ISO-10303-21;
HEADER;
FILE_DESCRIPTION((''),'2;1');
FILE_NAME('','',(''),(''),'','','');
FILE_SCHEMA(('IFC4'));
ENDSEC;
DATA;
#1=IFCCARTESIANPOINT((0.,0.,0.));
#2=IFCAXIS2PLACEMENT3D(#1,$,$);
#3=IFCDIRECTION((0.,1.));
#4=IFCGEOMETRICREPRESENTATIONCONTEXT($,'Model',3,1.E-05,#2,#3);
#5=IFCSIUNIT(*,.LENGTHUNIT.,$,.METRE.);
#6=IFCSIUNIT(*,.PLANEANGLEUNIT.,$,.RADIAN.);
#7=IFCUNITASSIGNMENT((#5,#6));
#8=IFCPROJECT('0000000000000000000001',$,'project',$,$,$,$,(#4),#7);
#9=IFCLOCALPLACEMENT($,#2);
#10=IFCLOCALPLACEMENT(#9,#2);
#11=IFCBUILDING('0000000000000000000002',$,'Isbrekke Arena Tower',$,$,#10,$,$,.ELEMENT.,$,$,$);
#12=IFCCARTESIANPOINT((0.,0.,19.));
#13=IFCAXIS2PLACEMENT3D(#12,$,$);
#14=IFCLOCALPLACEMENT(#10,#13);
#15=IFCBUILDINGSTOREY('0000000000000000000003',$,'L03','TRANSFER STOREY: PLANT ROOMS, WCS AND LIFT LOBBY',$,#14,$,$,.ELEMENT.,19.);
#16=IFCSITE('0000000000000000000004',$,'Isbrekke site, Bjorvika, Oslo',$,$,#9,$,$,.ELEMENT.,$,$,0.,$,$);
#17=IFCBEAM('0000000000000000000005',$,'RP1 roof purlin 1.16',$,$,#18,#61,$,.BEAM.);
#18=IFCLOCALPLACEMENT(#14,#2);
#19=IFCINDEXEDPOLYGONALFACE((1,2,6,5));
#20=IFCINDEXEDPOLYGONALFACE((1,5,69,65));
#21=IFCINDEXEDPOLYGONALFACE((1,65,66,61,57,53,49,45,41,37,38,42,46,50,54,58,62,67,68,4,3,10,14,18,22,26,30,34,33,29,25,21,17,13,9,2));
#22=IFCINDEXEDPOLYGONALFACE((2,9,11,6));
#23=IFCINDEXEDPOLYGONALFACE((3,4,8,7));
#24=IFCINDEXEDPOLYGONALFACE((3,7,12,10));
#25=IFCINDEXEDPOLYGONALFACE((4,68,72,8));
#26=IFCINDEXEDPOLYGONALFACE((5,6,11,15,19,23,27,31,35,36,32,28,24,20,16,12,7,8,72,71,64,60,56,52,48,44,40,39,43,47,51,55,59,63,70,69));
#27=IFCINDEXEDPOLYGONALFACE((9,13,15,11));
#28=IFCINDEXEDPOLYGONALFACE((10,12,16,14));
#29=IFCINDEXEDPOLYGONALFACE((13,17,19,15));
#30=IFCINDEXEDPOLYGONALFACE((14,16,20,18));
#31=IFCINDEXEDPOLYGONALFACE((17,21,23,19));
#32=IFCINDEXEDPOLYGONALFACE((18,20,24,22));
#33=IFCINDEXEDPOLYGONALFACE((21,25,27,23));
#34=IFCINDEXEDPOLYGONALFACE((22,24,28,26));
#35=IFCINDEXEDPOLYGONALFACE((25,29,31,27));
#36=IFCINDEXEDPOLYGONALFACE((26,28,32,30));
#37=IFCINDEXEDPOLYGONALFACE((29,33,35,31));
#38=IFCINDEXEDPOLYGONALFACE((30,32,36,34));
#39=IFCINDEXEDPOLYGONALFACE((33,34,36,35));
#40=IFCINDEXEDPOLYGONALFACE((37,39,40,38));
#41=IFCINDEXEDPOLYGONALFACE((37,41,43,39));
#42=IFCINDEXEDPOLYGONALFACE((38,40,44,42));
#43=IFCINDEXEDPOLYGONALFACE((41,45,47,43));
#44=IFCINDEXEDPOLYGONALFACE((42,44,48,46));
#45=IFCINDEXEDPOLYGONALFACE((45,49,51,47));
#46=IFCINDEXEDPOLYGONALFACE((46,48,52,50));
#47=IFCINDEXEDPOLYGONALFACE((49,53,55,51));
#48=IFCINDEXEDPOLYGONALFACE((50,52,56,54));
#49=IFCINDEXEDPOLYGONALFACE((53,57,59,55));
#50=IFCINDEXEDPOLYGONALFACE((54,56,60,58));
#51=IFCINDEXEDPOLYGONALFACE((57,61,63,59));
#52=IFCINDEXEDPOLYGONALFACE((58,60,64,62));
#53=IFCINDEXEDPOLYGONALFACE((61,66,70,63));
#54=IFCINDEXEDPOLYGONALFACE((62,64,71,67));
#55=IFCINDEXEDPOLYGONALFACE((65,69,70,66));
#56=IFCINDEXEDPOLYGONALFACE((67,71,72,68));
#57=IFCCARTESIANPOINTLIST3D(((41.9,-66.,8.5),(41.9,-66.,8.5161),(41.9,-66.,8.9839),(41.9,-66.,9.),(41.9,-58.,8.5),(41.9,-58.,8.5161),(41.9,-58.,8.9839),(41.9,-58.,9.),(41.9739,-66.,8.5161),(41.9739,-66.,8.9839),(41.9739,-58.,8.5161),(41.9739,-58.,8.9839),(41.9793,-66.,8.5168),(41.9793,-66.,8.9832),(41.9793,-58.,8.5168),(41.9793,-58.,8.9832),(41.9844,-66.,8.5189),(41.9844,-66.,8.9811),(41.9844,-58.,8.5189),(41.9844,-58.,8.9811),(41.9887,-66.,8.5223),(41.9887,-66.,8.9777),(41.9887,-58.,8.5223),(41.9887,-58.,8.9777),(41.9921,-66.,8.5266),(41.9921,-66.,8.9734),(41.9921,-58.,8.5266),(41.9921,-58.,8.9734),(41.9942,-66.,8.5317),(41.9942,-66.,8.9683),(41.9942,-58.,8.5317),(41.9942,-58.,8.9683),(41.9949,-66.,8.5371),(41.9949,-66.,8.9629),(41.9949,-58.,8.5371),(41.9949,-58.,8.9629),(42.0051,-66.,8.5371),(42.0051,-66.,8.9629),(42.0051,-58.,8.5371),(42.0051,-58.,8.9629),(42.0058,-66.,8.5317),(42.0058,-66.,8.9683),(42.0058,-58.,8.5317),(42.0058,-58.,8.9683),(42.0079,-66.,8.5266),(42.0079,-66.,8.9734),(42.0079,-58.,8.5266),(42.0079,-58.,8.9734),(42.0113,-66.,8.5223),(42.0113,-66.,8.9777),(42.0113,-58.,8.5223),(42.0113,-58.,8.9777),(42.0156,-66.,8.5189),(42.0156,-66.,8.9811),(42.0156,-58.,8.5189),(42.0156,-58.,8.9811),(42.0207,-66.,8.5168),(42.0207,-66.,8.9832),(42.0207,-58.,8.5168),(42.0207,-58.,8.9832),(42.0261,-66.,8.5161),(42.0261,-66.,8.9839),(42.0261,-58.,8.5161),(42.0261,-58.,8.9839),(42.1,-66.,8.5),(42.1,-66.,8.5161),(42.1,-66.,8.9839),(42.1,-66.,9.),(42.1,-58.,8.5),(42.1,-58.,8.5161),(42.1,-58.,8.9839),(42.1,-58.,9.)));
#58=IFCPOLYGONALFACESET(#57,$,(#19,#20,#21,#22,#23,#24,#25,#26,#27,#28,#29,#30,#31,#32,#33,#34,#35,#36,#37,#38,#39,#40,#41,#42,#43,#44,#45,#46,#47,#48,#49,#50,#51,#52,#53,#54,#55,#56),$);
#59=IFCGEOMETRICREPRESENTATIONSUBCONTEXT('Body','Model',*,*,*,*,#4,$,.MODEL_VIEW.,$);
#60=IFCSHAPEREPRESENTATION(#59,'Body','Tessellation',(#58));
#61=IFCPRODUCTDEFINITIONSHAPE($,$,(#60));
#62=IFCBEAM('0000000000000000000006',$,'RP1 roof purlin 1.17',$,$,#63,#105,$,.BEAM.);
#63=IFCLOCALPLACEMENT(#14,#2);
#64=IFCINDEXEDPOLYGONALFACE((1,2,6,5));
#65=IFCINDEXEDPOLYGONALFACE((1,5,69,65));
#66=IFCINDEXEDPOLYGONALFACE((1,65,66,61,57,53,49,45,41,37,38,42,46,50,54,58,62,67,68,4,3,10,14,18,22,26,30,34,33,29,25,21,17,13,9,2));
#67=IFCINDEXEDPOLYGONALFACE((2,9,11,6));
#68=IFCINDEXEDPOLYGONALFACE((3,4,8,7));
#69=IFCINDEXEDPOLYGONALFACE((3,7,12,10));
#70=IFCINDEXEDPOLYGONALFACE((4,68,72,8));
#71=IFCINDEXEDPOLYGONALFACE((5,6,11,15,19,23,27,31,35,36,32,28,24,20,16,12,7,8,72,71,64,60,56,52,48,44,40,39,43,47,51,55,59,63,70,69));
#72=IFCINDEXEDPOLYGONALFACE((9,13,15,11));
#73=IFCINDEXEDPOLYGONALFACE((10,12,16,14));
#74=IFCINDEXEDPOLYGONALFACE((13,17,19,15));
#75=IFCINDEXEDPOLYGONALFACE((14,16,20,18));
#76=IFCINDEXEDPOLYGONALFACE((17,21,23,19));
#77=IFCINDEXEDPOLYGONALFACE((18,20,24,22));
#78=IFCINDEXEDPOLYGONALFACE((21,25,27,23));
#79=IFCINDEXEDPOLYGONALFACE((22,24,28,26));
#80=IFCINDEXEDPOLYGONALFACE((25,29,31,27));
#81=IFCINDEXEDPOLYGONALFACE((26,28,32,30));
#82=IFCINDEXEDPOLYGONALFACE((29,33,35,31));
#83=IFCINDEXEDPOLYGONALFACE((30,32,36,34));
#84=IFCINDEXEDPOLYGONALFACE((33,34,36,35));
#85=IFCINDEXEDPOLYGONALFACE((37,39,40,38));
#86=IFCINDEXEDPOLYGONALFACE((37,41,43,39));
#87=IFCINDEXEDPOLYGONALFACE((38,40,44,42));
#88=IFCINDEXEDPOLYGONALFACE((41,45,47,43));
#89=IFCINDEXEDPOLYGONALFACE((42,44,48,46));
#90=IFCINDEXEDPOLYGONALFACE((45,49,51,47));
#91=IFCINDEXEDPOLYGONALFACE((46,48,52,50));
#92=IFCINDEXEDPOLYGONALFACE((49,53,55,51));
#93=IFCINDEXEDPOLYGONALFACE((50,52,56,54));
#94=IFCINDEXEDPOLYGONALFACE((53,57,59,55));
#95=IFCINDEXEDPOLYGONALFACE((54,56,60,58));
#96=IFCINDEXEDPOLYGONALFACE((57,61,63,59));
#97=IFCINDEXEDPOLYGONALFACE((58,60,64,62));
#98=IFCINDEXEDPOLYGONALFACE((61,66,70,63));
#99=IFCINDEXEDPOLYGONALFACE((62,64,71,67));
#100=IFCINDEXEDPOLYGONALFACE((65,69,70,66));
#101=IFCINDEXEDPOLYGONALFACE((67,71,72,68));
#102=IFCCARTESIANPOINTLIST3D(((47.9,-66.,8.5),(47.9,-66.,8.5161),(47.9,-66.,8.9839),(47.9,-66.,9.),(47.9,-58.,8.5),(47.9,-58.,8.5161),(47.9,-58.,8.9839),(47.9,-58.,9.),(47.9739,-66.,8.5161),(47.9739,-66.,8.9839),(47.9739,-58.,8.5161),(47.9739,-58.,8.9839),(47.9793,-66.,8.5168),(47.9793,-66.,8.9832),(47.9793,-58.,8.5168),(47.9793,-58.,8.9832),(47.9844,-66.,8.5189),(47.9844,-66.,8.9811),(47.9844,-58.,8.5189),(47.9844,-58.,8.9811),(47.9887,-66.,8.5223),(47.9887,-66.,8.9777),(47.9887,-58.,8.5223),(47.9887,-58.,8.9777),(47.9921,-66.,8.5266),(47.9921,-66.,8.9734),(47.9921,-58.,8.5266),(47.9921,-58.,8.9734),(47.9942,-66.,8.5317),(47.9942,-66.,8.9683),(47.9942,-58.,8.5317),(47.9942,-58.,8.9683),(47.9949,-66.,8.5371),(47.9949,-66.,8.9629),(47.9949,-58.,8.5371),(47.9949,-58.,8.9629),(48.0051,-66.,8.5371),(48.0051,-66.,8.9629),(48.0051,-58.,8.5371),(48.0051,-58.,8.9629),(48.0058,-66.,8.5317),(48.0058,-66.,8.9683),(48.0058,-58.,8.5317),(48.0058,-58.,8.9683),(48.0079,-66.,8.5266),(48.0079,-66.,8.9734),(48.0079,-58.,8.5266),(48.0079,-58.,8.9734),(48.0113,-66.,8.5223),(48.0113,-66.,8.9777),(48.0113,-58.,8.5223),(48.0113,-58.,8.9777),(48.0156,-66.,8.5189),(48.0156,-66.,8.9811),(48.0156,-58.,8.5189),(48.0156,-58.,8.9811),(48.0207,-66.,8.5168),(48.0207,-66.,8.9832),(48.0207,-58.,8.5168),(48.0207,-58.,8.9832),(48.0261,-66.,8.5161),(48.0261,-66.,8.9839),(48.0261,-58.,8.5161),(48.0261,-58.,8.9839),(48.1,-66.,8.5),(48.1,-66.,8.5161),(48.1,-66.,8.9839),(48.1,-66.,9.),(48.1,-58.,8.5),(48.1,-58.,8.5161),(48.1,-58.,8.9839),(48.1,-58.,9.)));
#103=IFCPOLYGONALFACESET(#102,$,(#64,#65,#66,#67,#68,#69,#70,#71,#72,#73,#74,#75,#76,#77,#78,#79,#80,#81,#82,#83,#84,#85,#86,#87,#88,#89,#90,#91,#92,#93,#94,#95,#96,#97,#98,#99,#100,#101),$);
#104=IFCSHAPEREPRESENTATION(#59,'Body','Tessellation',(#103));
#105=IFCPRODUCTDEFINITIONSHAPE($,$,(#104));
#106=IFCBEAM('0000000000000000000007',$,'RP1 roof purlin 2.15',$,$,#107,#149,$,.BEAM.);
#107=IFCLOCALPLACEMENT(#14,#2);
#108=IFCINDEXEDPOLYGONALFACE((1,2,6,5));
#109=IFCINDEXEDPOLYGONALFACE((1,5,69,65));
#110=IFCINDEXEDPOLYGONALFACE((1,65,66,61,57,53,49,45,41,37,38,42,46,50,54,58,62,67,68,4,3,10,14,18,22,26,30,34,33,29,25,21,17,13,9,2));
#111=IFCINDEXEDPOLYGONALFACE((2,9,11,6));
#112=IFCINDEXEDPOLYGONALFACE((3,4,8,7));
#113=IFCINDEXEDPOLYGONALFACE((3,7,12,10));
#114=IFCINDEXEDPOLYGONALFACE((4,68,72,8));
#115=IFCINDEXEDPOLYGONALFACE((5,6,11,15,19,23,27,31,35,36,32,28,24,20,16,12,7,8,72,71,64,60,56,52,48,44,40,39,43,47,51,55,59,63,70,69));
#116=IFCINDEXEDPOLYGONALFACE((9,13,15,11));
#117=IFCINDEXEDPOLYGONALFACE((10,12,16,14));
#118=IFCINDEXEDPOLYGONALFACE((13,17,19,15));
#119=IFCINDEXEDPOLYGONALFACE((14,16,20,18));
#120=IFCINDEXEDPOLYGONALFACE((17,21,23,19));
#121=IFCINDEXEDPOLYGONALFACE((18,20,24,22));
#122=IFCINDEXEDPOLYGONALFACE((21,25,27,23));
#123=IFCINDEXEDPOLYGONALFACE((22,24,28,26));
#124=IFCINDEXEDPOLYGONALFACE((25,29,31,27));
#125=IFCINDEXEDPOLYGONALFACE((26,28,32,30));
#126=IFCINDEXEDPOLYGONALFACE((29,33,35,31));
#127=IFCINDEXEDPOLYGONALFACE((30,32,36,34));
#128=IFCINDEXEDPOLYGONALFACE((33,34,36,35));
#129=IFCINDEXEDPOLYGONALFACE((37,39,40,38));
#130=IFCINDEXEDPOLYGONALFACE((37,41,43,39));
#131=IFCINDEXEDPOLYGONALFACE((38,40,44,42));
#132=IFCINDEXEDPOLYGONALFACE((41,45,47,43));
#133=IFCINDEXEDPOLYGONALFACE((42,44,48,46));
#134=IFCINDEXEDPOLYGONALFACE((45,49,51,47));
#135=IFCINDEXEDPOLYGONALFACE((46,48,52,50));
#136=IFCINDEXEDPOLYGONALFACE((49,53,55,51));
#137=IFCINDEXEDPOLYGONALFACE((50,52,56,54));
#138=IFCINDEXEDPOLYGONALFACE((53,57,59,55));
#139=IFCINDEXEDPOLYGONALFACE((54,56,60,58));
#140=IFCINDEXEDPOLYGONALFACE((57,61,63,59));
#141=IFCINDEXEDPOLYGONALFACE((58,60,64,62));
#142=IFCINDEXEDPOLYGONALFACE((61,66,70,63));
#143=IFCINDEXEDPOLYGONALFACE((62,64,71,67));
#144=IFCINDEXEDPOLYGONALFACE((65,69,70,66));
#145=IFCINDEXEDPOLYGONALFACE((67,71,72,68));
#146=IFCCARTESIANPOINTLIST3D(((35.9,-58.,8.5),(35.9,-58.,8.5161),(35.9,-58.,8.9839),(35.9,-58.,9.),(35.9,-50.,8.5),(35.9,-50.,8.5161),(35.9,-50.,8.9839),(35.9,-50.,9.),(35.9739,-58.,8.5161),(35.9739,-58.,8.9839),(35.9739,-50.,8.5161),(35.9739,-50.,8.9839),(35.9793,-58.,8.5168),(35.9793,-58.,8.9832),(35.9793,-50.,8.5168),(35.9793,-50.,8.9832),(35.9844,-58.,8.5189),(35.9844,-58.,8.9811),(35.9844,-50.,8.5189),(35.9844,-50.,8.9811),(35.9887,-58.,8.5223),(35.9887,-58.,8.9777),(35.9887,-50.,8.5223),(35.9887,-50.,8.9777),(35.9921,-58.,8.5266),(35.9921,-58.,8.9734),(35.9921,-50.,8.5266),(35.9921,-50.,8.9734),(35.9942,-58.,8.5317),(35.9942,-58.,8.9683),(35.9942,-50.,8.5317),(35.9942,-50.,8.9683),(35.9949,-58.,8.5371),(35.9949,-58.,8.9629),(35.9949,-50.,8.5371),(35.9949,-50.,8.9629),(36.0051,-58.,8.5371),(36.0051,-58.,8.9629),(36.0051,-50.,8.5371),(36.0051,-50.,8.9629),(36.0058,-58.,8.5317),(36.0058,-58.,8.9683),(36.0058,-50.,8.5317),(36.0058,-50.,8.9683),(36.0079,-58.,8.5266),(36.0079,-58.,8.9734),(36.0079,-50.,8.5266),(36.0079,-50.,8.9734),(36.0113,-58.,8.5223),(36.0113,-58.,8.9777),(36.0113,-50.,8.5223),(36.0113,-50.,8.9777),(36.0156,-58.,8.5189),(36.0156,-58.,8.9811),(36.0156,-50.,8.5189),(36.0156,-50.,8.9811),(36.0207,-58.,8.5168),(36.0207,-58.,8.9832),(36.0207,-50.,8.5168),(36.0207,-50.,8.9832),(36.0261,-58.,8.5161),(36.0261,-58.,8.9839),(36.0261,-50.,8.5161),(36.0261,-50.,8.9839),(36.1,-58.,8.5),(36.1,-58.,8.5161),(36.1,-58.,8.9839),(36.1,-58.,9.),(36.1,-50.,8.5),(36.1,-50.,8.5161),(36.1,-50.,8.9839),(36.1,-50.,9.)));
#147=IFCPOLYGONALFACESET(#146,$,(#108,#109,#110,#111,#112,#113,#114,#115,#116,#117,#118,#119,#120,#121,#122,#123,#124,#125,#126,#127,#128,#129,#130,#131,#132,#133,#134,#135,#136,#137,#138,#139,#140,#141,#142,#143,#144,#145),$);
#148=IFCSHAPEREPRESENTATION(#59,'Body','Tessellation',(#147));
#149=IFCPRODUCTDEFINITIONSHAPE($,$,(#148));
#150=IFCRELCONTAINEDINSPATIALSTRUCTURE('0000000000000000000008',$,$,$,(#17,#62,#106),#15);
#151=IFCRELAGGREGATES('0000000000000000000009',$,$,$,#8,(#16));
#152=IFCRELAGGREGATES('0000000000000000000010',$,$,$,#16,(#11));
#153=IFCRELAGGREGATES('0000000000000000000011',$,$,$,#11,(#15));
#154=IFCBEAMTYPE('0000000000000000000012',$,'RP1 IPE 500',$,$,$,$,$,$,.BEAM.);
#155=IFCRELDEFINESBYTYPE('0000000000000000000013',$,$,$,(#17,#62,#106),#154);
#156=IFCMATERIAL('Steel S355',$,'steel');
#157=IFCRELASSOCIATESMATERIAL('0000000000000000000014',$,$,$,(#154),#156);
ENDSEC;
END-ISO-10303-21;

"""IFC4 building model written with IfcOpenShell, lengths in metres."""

from ifc_helpers import new_model, si_unit, direction, frame, origin, origin_2d, place, context, subcontext, project, spatial, i_section, extrude, material, material_profile, profile_set, type_object, element, save


model = new_model("IFC4")

# Units and contexts
model_context = context("Model", 3, precision=1e-05, world=origin(), true_north=direction((0.0, 1.0)))
body_context = subcontext(model_context, "Body", "Model", "MODEL_VIEW")
ifc_project = project(units=[si_unit("LENGTHUNIT", "METRE"), si_unit("PLANEANGLEUNIT", "RADIAN")], contexts=[model_context])

# Site, building, storey
site_placement = place(None, origin())
site = spatial("IfcSite", under=ifc_project, at=site_placement, Name="Isbrekke site, Bjorvika, Oslo", CompositionType="ELEMENT", RefElevation=0.0)
building_placement = place(site_placement, origin())
building = spatial("IfcBuilding", under=site, at=building_placement, Name="Isbrekke Arena Tower", CompositionType="ELEMENT")
storey_placement = place(building_placement, frame((0.0, 0.0, 19.0)))
storey = spatial("IfcBuildingStorey", under=building, at=storey_placement, Name="L03", Description="TRANSFER STOREY: PLANT ROOMS, WCS AND LIFT LOBBY", CompositionType="ELEMENT", Elevation=19.0)

# Beams
ifc_material_1 = material(Name="Steel S355", Category="steel")
ifc_material_profile_1 = material_profile(ifc_material_1, i_section(OverallWidth=0.2, OverallDepth=0.5, WebThickness=0.0103, FlangeThickness=0.0161, FilletRadius=0.021, at=origin_2d()), Name="IPE 500")
ifc_profile_set_1 = profile_set([ifc_material_profile_1], Name="Steel S355")
beam_type = type_object("IfcBeamType", Name="RP1 IPE 500", PredefinedType="BEAM", material=ifc_profile_set_1)
for number, where, z_axis, x_axis, name in (
    (1, (42.0, -66.0, 8.75), (0.0, 1.0, 0.0), (-1.0, 0.0, 0.0), "RP1 roof purlin 1.16"),
    (2, (48.0, -66.0, 8.75), (0.0, 1.0, 0.0), (-1.0, 0.0, 0.0), "RP1 roof purlin 1.17"),
    (3, (36.0, -58.0, 8.75), (0.0, 1.0, 0.0), (-1.0, 0.0, 0.0), "RP1 roof purlin 2.15"),
):
    element("IfcBeam", number, at=place(storey_placement, frame(where, z_axis=z_axis, x_axis=x_axis)), inside=storey, type_object=beam_type, Name=name, PredefinedType="BEAM", context=body_context, shape_type="SweptSolid", body=[
        extrude(i_section(OverallWidth=0.2, OverallDepth=0.5, WebThickness=0.0103, FlangeThickness=0.0161, FilletRadius=0.021, at=origin_2d()), origin(), (0.0, 0.0, 1.0), 8.0),
    ])

save(model, "model.ifc")
